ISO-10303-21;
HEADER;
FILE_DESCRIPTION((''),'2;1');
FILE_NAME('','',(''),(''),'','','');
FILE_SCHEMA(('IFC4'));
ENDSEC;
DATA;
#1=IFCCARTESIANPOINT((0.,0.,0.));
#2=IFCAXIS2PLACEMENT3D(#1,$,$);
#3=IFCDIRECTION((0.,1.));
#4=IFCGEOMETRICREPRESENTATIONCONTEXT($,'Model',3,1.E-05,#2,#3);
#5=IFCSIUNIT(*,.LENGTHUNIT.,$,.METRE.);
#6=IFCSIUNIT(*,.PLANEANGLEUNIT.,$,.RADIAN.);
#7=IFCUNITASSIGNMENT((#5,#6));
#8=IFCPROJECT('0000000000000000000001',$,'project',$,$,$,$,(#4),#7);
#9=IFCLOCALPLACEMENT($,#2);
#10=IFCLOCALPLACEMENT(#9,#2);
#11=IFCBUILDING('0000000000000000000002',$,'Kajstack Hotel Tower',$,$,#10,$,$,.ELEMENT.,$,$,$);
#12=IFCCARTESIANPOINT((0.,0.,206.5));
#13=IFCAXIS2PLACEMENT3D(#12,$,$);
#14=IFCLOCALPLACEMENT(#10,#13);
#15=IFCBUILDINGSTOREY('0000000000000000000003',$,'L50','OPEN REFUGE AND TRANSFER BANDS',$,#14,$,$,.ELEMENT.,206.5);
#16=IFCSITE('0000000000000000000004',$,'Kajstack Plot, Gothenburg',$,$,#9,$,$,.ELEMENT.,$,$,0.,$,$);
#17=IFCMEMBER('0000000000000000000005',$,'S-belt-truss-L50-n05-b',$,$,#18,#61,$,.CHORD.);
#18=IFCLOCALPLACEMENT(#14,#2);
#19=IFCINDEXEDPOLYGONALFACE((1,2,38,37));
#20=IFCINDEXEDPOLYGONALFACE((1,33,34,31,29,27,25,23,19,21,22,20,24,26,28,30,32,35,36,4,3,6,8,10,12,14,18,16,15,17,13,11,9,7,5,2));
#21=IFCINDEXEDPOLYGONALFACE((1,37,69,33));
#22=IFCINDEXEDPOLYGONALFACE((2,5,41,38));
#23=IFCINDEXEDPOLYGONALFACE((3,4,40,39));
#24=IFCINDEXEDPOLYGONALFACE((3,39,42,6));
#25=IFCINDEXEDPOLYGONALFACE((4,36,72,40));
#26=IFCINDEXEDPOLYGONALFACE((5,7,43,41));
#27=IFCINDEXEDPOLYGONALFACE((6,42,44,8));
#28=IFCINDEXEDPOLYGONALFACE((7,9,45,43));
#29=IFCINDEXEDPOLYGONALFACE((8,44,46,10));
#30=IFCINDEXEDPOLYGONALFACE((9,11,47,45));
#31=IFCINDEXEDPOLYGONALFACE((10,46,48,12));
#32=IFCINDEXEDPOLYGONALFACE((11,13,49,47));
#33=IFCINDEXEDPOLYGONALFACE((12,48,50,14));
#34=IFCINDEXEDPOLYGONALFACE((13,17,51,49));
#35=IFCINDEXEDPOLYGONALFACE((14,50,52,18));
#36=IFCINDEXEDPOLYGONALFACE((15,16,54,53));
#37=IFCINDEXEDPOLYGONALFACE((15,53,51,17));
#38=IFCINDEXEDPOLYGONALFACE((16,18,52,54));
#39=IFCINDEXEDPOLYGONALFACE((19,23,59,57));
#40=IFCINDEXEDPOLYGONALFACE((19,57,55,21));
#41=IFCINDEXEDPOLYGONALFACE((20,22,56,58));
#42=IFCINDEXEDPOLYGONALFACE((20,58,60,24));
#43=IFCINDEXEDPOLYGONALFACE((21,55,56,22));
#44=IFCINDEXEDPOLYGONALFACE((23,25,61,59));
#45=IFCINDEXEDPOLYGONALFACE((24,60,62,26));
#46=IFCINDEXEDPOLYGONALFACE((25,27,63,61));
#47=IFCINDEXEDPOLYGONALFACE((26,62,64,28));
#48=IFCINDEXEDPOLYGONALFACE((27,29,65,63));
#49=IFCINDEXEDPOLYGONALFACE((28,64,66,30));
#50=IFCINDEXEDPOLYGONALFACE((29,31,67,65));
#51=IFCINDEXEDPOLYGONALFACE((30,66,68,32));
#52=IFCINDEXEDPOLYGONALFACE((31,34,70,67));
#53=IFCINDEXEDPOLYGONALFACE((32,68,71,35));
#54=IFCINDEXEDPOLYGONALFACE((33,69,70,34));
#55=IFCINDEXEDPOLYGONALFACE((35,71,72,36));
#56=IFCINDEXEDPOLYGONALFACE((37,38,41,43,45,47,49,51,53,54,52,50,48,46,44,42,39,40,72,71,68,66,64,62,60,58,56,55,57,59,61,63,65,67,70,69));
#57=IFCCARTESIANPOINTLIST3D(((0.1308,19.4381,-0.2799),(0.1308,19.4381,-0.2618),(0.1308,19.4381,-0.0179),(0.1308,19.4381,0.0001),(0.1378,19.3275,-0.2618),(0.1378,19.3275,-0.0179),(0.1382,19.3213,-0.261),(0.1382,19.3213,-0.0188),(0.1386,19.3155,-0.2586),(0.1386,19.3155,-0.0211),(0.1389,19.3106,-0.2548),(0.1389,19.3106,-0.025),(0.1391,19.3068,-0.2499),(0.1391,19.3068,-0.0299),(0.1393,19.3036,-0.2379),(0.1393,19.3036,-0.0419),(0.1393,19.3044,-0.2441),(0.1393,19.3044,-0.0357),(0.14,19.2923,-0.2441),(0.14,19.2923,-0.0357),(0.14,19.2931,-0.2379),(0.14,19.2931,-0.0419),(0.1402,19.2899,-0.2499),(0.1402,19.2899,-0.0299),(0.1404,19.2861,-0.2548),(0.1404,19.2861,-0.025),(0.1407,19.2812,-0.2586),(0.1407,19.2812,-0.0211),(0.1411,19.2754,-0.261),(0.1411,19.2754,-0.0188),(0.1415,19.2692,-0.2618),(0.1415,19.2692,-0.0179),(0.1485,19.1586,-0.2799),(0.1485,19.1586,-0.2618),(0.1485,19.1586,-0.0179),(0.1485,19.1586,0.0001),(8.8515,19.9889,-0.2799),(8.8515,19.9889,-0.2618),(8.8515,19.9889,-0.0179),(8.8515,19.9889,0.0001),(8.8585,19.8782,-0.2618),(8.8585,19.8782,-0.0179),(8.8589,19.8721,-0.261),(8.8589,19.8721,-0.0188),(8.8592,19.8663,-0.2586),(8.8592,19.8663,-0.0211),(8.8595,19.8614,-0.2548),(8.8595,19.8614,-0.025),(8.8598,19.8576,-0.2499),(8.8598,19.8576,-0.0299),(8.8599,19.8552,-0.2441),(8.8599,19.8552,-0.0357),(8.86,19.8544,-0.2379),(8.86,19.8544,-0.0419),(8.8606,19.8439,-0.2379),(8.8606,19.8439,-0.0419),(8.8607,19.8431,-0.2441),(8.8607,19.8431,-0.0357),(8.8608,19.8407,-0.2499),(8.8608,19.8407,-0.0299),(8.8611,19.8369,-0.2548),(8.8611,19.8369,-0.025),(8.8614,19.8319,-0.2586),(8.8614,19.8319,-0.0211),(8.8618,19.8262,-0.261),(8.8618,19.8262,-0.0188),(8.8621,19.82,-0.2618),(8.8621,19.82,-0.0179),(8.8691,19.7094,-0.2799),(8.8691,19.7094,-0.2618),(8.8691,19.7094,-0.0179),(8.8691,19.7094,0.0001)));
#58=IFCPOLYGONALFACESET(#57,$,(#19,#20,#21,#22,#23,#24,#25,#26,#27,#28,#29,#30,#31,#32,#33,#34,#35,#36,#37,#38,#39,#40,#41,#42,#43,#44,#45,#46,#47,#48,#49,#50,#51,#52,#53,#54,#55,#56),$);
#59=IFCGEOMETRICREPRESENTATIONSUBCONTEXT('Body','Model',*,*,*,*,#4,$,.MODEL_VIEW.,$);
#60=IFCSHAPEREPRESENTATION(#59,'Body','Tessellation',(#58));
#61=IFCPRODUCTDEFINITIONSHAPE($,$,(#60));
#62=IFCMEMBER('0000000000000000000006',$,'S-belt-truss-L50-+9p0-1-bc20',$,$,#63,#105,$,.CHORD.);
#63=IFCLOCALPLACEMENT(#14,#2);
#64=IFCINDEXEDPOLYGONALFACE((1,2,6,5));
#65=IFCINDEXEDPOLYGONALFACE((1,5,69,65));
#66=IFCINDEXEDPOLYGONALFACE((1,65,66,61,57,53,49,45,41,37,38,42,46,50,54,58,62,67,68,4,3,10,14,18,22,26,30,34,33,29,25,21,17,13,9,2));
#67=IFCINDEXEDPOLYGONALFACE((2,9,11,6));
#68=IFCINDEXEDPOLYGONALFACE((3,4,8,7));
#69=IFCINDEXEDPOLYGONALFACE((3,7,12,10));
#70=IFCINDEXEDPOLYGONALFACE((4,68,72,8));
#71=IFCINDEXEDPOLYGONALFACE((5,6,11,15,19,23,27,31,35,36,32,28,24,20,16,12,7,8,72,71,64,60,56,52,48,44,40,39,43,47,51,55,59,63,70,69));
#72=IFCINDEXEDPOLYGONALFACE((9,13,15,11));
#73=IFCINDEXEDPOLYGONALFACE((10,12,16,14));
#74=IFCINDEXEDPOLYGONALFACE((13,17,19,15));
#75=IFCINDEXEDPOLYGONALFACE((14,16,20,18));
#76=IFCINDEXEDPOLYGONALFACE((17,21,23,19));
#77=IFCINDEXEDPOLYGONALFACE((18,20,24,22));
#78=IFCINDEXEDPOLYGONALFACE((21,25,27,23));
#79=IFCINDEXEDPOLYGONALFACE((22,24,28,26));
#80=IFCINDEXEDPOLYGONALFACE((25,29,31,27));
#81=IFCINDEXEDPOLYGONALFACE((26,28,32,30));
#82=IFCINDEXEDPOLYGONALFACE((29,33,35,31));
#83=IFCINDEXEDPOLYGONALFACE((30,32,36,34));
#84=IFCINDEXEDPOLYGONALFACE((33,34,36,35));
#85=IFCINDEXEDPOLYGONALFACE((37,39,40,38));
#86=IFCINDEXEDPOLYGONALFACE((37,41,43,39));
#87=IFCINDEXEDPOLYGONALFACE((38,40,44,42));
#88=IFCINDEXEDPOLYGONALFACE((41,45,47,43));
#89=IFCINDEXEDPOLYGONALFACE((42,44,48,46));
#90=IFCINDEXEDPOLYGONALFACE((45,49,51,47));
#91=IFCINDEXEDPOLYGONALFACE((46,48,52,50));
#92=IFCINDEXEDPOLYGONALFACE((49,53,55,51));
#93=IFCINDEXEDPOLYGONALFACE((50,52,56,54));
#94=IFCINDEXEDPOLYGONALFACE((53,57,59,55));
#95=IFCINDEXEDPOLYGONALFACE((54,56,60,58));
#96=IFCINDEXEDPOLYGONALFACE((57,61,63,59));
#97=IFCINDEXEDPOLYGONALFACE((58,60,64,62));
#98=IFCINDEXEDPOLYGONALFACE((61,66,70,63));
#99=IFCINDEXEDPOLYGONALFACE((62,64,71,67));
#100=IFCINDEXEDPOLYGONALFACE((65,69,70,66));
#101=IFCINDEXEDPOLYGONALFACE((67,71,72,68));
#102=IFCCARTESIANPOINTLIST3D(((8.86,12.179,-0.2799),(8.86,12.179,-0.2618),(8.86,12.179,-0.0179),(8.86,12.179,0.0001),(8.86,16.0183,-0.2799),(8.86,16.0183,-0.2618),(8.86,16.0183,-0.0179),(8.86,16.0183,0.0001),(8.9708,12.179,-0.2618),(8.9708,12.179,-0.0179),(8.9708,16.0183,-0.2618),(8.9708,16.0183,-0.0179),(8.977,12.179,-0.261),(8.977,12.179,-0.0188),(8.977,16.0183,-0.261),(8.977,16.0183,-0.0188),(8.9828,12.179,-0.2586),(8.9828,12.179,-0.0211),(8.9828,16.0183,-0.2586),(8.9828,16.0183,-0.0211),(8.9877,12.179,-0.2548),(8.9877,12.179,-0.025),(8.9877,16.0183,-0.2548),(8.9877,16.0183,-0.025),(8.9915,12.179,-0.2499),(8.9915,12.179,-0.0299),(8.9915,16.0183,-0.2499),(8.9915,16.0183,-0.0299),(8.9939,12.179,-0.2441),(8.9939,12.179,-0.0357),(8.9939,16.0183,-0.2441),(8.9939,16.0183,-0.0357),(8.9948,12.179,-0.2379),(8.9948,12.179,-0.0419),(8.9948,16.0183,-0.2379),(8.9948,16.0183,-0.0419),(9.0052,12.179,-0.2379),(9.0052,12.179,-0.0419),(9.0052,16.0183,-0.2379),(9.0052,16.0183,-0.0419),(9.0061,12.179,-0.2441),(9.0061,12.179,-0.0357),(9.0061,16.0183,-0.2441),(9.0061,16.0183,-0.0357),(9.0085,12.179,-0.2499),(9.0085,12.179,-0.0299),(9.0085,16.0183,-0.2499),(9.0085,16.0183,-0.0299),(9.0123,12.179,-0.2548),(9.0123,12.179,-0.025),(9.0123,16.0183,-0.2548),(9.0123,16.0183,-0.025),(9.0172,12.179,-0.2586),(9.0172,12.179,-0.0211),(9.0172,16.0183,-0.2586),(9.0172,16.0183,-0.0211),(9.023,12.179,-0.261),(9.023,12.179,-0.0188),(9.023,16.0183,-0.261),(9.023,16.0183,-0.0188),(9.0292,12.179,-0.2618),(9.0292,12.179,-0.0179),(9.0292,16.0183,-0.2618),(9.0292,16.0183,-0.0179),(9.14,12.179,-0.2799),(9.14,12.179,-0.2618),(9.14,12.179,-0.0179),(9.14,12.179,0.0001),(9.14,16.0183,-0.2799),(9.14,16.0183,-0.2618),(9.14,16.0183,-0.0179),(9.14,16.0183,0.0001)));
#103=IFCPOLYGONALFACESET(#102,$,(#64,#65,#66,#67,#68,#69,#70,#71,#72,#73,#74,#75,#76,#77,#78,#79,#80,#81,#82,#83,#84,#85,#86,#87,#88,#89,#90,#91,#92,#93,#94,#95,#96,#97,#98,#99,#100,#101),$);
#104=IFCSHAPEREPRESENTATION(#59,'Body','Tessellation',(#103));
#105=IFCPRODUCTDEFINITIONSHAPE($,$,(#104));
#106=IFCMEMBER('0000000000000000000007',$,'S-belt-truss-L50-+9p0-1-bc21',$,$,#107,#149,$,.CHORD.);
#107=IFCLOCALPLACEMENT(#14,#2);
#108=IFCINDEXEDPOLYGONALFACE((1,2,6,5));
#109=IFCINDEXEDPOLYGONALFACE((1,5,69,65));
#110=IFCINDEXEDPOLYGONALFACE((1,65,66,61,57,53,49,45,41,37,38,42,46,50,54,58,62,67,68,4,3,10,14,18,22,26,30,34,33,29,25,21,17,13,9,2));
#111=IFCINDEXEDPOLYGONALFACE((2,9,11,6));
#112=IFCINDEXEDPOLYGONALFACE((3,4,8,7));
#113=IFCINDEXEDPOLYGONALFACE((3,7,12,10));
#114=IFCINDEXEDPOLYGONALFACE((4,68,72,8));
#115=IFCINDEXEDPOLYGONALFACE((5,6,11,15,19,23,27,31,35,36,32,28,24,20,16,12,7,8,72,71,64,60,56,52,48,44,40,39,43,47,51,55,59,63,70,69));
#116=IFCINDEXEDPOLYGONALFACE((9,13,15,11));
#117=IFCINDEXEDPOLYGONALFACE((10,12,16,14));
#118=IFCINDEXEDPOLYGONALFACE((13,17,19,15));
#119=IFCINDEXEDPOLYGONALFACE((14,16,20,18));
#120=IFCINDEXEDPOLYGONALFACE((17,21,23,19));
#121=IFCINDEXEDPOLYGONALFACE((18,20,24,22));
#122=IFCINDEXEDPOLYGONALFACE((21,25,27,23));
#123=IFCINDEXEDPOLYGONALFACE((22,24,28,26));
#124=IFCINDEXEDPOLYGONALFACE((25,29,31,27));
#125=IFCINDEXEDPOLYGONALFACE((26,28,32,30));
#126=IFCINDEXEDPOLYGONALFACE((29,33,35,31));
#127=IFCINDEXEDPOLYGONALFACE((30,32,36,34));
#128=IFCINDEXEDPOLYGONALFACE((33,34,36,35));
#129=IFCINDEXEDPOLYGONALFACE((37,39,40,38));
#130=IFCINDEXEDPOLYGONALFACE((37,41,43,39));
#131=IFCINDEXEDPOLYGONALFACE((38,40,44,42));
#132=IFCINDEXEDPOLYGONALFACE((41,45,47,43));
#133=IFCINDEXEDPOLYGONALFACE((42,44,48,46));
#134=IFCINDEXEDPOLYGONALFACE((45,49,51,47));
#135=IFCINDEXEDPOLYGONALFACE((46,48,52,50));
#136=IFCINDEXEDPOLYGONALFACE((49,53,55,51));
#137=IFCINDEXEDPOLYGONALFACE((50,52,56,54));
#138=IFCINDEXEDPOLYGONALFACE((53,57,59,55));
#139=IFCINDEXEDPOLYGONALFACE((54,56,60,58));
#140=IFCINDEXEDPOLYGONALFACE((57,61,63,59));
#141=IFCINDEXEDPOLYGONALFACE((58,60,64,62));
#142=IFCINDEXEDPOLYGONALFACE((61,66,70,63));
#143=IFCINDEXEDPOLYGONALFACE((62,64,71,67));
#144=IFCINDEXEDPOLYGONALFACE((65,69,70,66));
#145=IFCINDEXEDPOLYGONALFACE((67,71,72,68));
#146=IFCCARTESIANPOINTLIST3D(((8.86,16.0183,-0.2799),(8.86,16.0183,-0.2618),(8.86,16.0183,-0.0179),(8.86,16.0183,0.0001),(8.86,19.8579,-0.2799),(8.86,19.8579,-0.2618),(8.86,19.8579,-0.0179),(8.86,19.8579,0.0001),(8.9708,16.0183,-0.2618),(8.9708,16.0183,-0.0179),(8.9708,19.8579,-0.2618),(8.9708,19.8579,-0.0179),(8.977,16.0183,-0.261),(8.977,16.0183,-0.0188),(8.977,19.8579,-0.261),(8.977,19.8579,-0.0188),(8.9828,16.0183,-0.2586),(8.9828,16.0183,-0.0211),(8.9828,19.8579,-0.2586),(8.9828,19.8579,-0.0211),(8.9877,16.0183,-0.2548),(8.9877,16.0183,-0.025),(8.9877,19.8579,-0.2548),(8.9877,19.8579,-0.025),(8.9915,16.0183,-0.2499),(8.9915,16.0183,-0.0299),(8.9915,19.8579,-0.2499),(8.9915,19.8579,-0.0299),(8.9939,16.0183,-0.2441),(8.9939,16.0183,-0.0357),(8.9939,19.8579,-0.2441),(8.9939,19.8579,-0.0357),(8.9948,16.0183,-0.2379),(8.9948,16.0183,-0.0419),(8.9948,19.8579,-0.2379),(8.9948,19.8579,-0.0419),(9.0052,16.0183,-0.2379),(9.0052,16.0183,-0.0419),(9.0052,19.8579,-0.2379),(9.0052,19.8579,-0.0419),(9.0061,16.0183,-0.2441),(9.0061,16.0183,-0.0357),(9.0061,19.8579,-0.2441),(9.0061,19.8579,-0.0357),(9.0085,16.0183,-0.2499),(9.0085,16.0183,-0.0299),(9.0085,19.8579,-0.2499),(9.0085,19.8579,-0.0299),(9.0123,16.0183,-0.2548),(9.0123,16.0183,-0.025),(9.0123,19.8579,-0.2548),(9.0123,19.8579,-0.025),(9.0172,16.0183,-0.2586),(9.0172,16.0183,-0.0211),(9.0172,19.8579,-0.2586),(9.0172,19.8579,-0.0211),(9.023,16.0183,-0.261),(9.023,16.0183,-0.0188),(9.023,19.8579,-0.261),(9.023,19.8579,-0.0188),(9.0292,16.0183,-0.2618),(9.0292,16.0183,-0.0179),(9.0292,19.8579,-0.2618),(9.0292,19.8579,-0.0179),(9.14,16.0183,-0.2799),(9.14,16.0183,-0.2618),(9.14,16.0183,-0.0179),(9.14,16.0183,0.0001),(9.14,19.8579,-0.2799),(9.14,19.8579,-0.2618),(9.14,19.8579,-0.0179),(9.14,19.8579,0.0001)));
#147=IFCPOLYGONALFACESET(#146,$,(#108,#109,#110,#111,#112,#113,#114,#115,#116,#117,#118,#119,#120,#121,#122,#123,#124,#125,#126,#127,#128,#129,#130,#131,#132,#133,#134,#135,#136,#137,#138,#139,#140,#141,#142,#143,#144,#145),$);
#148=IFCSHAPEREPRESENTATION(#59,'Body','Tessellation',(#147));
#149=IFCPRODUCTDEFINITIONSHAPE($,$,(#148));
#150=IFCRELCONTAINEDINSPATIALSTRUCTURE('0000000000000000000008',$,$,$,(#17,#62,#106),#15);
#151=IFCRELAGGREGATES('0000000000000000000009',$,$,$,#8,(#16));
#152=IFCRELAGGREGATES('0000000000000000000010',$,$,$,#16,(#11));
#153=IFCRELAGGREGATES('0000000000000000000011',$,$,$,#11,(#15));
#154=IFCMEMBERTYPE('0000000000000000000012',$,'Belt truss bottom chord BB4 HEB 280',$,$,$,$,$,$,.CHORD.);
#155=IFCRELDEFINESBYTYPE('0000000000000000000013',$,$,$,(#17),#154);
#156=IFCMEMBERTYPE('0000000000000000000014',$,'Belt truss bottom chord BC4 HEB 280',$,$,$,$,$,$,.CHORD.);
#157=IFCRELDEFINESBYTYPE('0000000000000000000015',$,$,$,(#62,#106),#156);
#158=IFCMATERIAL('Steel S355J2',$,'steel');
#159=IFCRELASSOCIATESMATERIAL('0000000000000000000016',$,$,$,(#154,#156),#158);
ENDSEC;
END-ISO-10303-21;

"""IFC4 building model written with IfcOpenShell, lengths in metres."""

from ifc_helpers import new_model, si_unit, direction, frame, origin, origin_2d, place, context, subcontext, project, spatial, i_section, extrude, material, material_profile, profile_set, type_object, element, save


model = new_model("IFC4")

# Units and contexts
model_context = context("Model", 3, precision=1e-05, world=origin(), true_north=direction((0.0, 1.0)))
body_context = subcontext(model_context, "Body", "Model", "MODEL_VIEW")
ifc_project = project(units=[si_unit("LENGTHUNIT", "METRE"), si_unit("PLANEANGLEUNIT", "RADIAN")], contexts=[model_context])

# Site, building, storey
site_placement = place(None, origin())
site = spatial("IfcSite", under=ifc_project, at=site_placement, Name="Kajstack Plot, Gothenburg", CompositionType="ELEMENT", RefElevation=0.0)
building_placement = place(site_placement, origin())
building = spatial("IfcBuilding", under=site, at=building_placement, Name="Kajstack Hotel Tower", CompositionType="ELEMENT")
storey_placement = place(building_placement, frame((0.0, 0.0, 206.5)))
storey = spatial("IfcBuildingStorey", under=building, at=storey_placement, Name="L50", Description="OPEN REFUGE AND TRANSFER BANDS", CompositionType="ELEMENT", Elevation=206.5)

# Members
ifc_material = material(Name="Steel S355J2", Category="steel")
ifc_material_profile_1 = material_profile(ifc_material, i_section(OverallWidth=0.28, OverallDepth=0.28, WebThickness=0.0105, FlangeThickness=0.0181, FilletRadius=0.0239, at=origin_2d()), Name="HEB 280")
ifc_profile_set_1 = profile_set([ifc_material_profile_1], Name="Steel S355J2")
member_type_1 = type_object("IfcMemberType", Name="Belt truss bottom chord BB4 HEB 280", PredefinedType="CHORD", material=ifc_profile_set_1)
member_1_placement = place(storey_placement, frame((0.1396, 19.2983, -0.1399), z_axis=(0.998011, 0.063032, 0.0), x_axis=(-0.063032, 0.998011, 0.0)))
element("IfcMember", 1, at=member_1_placement, inside=storey, type_object=member_type_1, Name="S-belt-truss-L50-n05-b", PredefinedType="CHORD", context=body_context, shape_type="SweptSolid", body=[
    extrude(i_section(OverallWidth=0.28, OverallDepth=0.28, WebThickness=0.0105, FlangeThickness=0.0181, FilletRadius=0.0239, at=origin_2d()), origin(), (0.0, 0.0, 1.0), 8.738),
])
ifc_material_profile_2 = material_profile(ifc_material, i_section(OverallWidth=0.28, OverallDepth=0.28, WebThickness=0.0105, FlangeThickness=0.0181, FilletRadius=0.0239, at=origin_2d()), Name="HEB 280")
ifc_profile_set_2 = profile_set([ifc_material_profile_2], Name="Steel S355J2")
member_type_2 = type_object("IfcMemberType", Name="Belt truss bottom chord BC4 HEB 280", PredefinedType="CHORD", material=ifc_profile_set_2)
member_2_placement = place(storey_placement, frame((9.0, 12.179, -0.1399), z_axis=(0.0, 1.0, 0.0), x_axis=(-1.0, 0.0, 0.0)))
element("IfcMember", 2, at=member_2_placement, inside=storey, type_object=member_type_2, Name="S-belt-truss-L50-+9p0-1-bc20", PredefinedType="CHORD", context=body_context, shape_type="SweptSolid", body=[
    extrude(i_section(OverallWidth=0.28, OverallDepth=0.28, WebThickness=0.0105, FlangeThickness=0.0181, FilletRadius=0.0239, at=origin_2d()), origin(), (0.0, 0.0, 1.0), 3.8394),
])
member_3_placement = place(storey_placement, frame((9.0, 16.0183, -0.1399), z_axis=(0.0, 1.0, 0.0), x_axis=(-1.0, 0.0, 0.0)))
element("IfcMember", 3, at=member_3_placement, inside=storey, type_object=member_type_2, Name="S-belt-truss-L50-+9p0-1-bc21", PredefinedType="CHORD", context=body_context, shape_type="SweptSolid", body=[
    extrude(i_section(OverallWidth=0.28, OverallDepth=0.28, WebThickness=0.0105, FlangeThickness=0.0181, FilletRadius=0.0239, at=origin_2d()), origin(), (0.0, 0.0, 1.0), 3.8396),
])

save(model, "model.ifc")
